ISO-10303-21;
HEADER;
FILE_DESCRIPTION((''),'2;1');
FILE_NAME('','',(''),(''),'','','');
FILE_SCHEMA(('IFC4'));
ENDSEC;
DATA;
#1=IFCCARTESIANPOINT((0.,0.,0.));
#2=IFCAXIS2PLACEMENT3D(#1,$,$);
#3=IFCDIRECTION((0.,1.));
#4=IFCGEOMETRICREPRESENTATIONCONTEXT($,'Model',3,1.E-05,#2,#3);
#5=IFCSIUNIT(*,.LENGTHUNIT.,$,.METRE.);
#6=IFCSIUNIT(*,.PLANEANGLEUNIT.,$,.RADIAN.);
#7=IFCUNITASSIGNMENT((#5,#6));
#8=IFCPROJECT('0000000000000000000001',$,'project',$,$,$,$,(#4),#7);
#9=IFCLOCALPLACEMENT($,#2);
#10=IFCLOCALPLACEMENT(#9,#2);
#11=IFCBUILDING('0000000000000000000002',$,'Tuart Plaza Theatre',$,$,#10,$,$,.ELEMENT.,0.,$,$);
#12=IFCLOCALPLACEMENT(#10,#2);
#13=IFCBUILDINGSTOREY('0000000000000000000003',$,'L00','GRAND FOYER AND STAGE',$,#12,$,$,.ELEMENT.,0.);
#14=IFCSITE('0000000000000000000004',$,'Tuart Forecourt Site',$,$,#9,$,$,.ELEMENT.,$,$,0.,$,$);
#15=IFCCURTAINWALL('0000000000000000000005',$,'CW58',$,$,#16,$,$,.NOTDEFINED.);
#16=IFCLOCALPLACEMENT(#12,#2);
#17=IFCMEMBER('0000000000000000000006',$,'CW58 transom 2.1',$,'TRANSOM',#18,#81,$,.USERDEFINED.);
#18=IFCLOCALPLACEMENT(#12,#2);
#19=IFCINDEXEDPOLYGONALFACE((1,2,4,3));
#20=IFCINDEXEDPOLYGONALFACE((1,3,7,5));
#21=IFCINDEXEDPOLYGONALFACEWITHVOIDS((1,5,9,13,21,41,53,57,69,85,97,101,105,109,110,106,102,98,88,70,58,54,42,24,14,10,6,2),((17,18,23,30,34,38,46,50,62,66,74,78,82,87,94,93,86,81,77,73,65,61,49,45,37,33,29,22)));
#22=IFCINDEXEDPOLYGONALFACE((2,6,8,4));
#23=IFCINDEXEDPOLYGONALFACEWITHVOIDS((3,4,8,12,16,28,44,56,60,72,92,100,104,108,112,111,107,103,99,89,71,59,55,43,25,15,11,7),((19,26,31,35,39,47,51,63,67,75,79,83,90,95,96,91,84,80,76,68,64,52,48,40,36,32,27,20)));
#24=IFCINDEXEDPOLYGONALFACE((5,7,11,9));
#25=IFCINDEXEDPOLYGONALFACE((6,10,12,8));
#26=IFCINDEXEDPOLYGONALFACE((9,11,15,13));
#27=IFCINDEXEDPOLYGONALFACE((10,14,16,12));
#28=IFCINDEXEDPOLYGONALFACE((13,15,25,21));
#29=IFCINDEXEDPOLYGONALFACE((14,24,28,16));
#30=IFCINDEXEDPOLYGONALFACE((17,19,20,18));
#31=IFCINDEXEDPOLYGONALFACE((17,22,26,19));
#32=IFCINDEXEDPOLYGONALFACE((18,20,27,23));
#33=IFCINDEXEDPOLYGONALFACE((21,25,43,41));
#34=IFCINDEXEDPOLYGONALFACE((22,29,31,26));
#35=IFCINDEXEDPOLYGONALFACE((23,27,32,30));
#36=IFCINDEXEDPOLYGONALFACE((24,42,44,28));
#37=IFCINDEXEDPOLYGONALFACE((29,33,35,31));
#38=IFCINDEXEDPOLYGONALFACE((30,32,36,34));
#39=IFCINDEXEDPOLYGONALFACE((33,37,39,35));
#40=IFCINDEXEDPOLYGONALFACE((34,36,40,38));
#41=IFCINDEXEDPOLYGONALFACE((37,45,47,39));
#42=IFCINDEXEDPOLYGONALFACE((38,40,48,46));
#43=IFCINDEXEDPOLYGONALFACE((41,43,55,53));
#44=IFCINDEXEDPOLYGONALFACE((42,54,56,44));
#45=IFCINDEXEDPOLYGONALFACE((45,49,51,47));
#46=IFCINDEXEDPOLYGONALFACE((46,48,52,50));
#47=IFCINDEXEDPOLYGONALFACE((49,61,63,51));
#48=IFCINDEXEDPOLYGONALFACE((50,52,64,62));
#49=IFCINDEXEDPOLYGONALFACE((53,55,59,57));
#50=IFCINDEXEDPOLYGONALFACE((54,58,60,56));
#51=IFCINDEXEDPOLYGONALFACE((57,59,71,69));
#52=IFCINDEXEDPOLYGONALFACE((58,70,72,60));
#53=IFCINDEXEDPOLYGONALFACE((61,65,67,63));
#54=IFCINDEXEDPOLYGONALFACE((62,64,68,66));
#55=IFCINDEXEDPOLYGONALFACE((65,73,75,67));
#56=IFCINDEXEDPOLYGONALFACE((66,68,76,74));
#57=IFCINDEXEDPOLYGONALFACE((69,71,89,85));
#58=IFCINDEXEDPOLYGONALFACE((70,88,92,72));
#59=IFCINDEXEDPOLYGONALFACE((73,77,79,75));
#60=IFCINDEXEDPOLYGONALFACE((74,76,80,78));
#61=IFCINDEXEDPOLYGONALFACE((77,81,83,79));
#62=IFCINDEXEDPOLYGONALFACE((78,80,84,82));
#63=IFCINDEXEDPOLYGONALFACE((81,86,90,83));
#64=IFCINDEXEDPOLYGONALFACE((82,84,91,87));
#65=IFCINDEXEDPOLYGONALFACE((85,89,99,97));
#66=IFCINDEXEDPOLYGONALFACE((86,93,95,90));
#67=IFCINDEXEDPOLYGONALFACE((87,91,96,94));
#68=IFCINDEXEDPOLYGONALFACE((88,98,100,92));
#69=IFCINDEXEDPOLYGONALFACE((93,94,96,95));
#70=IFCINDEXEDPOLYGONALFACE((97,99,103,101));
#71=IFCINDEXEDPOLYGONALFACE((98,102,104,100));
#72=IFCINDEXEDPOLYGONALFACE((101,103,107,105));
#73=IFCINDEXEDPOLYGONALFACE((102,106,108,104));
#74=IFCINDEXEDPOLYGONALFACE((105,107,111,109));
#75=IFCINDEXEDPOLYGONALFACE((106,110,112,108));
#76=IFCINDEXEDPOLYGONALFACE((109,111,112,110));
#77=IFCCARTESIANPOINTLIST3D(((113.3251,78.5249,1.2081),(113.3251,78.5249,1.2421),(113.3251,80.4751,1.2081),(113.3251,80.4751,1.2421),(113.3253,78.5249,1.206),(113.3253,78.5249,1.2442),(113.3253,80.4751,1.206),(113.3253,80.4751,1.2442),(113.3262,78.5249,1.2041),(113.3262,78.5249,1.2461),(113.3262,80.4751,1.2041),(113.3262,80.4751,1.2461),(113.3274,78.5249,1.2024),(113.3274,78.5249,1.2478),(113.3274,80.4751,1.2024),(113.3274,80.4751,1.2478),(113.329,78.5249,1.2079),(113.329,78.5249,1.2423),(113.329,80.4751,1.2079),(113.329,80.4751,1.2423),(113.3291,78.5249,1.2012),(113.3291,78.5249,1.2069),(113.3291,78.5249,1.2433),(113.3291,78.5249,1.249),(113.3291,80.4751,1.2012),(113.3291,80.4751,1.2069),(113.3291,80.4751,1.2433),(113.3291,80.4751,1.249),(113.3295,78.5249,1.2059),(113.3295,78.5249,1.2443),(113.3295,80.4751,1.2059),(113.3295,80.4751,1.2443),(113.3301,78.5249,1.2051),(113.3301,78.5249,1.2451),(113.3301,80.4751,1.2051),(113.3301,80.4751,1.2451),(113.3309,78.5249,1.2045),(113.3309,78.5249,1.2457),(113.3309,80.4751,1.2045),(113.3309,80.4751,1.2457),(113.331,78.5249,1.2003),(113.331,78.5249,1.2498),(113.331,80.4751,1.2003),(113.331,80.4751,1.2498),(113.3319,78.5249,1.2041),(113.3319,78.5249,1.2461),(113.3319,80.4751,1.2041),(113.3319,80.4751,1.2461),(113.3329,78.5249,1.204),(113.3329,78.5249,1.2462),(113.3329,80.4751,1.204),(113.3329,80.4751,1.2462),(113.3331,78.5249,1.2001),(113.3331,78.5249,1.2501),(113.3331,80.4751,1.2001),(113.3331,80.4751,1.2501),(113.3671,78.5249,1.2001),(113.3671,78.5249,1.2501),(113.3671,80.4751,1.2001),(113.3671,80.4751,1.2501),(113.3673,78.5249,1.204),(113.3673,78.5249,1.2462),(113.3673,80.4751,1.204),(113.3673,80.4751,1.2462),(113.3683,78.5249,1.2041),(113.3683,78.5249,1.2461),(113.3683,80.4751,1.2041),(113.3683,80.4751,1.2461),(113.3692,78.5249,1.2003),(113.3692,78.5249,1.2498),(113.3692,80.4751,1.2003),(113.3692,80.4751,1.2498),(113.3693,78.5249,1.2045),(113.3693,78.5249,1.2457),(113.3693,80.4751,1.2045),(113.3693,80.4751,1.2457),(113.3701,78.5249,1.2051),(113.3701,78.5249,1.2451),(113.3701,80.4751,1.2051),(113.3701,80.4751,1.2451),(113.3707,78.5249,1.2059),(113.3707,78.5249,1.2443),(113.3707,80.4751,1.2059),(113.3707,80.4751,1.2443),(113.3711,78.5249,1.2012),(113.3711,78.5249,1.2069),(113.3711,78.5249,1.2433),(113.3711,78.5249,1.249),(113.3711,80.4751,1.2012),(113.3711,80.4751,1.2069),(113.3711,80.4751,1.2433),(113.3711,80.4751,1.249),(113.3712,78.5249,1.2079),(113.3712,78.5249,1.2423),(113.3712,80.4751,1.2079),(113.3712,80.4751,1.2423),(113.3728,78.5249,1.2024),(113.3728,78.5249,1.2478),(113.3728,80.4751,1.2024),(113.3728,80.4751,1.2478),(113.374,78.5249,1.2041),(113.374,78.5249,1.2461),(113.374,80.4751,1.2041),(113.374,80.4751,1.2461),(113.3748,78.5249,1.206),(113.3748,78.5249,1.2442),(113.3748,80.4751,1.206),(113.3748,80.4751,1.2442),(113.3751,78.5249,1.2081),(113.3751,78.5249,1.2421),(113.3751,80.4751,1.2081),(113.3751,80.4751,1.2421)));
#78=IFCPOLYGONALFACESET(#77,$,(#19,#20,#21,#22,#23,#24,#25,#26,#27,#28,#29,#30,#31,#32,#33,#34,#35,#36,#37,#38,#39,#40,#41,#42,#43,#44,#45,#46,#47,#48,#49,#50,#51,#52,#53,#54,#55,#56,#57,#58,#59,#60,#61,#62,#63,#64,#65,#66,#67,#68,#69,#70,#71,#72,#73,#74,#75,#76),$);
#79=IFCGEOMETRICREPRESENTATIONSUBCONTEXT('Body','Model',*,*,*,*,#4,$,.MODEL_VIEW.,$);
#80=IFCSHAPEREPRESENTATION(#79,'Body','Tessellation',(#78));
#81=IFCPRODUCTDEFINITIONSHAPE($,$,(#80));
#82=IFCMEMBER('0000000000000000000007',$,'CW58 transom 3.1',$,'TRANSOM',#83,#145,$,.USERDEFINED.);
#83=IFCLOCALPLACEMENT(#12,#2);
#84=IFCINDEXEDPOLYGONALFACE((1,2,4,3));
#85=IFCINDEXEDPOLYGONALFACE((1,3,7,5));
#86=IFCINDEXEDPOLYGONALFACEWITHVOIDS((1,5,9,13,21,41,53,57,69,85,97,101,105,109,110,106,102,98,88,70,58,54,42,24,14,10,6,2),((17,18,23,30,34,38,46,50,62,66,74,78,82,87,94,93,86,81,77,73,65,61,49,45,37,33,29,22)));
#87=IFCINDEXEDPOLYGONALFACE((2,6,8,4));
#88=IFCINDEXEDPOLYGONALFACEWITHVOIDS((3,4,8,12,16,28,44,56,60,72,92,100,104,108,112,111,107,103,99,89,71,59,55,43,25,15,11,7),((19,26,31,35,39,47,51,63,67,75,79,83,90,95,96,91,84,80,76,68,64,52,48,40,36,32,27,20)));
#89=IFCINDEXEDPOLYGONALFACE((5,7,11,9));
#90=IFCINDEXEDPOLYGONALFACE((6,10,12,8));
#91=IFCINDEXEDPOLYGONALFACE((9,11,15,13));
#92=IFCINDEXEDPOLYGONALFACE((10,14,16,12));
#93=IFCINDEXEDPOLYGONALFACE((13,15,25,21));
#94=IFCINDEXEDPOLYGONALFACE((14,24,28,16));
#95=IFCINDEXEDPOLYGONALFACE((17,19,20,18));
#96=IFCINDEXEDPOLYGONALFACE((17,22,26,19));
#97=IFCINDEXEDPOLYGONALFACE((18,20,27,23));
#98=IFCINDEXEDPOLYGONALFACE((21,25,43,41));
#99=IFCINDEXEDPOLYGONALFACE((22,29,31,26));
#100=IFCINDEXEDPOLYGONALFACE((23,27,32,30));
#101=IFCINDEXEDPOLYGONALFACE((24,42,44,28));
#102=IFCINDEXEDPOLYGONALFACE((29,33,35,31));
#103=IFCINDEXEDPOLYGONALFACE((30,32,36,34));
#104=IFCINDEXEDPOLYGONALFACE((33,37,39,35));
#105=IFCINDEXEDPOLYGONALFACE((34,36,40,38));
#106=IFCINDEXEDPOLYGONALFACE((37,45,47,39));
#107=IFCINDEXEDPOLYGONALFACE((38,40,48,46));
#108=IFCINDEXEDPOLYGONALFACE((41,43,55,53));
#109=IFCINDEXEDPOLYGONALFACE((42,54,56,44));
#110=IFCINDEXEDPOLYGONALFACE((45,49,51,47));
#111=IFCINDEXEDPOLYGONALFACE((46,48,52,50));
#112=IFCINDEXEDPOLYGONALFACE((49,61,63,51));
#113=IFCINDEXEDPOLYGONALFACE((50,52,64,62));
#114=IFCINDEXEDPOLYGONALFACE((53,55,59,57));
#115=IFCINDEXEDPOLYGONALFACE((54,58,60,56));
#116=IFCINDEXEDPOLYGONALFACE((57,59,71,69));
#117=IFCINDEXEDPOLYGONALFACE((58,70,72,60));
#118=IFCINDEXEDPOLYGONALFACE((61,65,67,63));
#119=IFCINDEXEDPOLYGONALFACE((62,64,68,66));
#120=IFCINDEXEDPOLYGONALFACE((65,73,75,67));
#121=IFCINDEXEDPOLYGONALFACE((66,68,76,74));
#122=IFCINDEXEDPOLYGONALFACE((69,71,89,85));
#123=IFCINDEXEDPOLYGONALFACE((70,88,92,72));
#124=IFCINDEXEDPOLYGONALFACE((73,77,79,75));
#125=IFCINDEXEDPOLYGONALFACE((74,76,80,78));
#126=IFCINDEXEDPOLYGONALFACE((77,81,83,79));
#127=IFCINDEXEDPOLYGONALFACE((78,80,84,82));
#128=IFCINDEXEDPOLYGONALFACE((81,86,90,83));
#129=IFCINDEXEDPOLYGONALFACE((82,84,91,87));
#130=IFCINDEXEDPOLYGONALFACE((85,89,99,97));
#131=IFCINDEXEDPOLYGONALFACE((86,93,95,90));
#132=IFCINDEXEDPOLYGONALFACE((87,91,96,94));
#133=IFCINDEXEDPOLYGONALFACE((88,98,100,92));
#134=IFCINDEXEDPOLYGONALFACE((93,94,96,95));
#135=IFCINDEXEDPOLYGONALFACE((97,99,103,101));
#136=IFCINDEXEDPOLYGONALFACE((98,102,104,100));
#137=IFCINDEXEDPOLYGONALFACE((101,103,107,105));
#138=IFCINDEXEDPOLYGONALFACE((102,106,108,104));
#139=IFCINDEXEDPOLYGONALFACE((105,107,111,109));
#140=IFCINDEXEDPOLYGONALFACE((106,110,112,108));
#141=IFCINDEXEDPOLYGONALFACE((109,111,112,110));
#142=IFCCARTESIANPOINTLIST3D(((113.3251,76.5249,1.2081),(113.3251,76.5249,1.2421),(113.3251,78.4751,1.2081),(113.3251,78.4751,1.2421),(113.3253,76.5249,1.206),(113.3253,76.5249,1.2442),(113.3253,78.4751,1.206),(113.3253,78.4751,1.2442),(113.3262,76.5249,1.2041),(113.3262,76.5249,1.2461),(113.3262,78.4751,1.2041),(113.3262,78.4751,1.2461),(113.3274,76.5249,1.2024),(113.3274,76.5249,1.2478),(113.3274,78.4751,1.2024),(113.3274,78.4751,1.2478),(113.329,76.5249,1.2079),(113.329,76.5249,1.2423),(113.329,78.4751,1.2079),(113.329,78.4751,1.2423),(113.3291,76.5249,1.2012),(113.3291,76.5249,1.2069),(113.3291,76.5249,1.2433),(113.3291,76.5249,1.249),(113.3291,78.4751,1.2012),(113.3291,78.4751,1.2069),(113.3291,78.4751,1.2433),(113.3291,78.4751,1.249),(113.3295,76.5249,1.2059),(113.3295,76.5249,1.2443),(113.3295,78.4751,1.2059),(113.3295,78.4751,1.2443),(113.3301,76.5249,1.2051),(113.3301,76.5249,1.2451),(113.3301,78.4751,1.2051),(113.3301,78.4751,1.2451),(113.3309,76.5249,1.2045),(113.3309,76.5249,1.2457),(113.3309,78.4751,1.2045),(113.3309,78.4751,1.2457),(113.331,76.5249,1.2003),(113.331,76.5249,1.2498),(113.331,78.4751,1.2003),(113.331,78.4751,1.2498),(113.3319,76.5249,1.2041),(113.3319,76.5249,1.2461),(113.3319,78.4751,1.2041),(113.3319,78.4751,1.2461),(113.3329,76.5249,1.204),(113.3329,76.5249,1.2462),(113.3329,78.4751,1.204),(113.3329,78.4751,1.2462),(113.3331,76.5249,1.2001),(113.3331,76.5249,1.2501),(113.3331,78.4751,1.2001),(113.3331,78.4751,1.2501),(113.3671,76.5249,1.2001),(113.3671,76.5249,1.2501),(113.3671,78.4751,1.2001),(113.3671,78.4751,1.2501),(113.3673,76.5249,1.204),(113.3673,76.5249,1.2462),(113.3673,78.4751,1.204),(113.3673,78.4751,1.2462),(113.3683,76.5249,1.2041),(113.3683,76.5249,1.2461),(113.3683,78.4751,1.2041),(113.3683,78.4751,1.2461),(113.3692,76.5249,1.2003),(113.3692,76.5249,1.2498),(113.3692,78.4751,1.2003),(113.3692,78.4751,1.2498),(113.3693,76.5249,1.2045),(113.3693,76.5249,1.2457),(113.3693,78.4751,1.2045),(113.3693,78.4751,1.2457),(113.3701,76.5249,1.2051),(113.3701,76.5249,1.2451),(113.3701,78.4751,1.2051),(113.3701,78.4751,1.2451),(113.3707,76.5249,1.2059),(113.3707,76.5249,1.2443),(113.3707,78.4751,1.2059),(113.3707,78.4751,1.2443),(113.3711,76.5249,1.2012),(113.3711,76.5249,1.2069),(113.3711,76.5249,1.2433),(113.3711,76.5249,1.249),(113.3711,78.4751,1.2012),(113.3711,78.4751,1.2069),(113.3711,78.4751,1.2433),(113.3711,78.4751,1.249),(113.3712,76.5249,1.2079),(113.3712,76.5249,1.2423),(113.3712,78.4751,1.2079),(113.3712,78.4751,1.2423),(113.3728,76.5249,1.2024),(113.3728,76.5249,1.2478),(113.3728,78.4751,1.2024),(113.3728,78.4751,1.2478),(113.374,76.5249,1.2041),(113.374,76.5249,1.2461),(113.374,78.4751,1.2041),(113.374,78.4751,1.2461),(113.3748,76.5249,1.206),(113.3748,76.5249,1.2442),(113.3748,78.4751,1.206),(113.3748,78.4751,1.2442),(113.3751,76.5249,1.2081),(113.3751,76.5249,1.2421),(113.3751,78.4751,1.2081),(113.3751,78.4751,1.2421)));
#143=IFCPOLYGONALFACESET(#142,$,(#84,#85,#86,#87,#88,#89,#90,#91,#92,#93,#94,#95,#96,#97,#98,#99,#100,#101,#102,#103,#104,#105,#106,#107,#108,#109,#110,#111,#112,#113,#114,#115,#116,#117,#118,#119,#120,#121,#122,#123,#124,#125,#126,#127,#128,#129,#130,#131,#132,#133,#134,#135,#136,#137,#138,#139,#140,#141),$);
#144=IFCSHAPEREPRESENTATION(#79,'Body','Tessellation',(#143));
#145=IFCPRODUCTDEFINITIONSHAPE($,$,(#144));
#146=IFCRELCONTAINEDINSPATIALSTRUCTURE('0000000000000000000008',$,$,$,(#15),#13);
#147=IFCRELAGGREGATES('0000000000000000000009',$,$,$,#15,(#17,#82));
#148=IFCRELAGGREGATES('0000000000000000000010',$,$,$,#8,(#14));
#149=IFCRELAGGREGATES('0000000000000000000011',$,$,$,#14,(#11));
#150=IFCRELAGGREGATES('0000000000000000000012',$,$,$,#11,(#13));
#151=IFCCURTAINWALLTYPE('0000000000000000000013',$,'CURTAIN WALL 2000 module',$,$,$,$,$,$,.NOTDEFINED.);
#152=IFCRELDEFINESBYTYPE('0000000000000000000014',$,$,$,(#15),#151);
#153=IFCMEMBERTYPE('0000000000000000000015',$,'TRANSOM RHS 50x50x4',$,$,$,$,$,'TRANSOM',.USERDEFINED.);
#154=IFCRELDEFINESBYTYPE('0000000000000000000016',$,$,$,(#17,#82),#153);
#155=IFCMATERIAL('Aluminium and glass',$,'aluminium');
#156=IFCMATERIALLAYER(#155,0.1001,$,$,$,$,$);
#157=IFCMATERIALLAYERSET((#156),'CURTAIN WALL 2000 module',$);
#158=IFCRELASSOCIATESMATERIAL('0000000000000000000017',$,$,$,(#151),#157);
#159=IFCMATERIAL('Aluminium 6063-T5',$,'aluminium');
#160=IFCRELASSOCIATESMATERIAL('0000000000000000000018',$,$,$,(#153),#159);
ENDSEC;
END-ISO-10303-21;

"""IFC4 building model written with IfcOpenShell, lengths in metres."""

from ifc_helpers import new_model, si_unit, direction, frame, origin, origin_2d, place, context, subcontext, project, spatial, hollow_rectangle, extrude, material, layer, layer_set, material_profile, profile_set, type_object, element, aggregate, save


model = new_model("IFC4")

# Units and contexts
model_context = context("Model", 3, precision=1e-05, world=origin(), true_north=direction((0.0, 1.0)))
body_context = subcontext(model_context, "Body", "Model", "MODEL_VIEW")
ifc_project = project(units=[si_unit("LENGTHUNIT", "METRE"), si_unit("PLANEANGLEUNIT", "RADIAN")], contexts=[model_context])

# Site, building, storey
site_placement = place(None, origin())
site = spatial("IfcSite", under=ifc_project, at=site_placement, Name="Tuart Forecourt Site", CompositionType="ELEMENT", RefElevation=0.0)
building_placement = place(site_placement, origin())
building = spatial("IfcBuilding", under=site, at=building_placement, Name="Tuart Plaza Theatre", CompositionType="ELEMENT", ElevationOfRefHeight=0.0)
storey_placement = place(building_placement, origin())
storey = spatial("IfcBuildingStorey", under=building, at=storey_placement, Name="L00", Description="GRAND FOYER AND STAGE", CompositionType="ELEMENT", Elevation=0.0)

# Curtain wall, members
ifc_material_1 = material(Name="Aluminium and glass", Category="aluminium")
ifc_layer_1 = layer(ifc_material_1, 0.1001)
ifc_layer_set_1 = layer_set([ifc_layer_1], Name="CURTAIN WALL 2000 module")
curtain_wall_type = type_object("IfcCurtainWallType", Name="CURTAIN WALL 2000 module", PredefinedType="NOTDEFINED", material=ifc_layer_set_1)
curtain_wall_placement = place(storey_placement, origin())
curtain_wall = element("IfcCurtainWall", 1, at=curtain_wall_placement, inside=storey, type_object=curtain_wall_type, Name="CW58", PredefinedType="NOTDEFINED")
ifc_material_2 = material(Name="Aluminium 6063-T5", Category="aluminium")
ifc_material_profile_1 = material_profile(ifc_material_2, hollow_rectangle(XDim=0.05, YDim=0.05, WallThickness=0.0039, InnerFilletRadius=0.0039, OuterFilletRadius=0.0081, at=origin_2d()), Name="RHS 50x50x4")
ifc_profile_set_1 = profile_set([ifc_material_profile_1], Name="Aluminium 6063-T5")
member_type_1 = type_object("IfcMemberType", Name="TRANSOM RHS 50x50x4", ElementType="TRANSOM", PredefinedType="USERDEFINED", material=ifc_profile_set_1)
member_1_placement = place(storey_placement, frame((113.3501, 80.4751, 1.2251), z_axis=(0.0, -1.0, 0.0), x_axis=(1.0, 0.0, 0.0)))
member_1 = element("IfcMember", 2, at=member_1_placement, type_object=member_type_1, Name="CW58 transom 2.1", ObjectType="TRANSOM", PredefinedType="USERDEFINED", context=body_context, shape_type="SweptSolid", body=[
    extrude(hollow_rectangle(XDim=0.05, YDim=0.05, WallThickness=0.0039, InnerFilletRadius=0.0039, OuterFilletRadius=0.0081, at=origin_2d()), origin(), (0.0, 0.0, 1.0), 1.9502),
])
member_2_placement = place(storey_placement, frame((113.3501, 78.4751, 1.2251), z_axis=(0.0, -1.0, 0.0), x_axis=(1.0, 0.0, 0.0)))
member_2 = element("IfcMember", 3, at=member_2_placement, type_object=member_type_1, Name="CW58 transom 3.1", ObjectType="TRANSOM", PredefinedType="USERDEFINED", context=body_context, shape_type="SweptSolid", body=[
    extrude(hollow_rectangle(XDim=0.05, YDim=0.05, WallThickness=0.0039, InnerFilletRadius=0.0039, OuterFilletRadius=0.0081, at=origin_2d()), origin(), (0.0, 0.0, 1.0), 1.9502),
])
aggregate(curtain_wall, [member_1, member_2])

save(model, "model.ifc")
